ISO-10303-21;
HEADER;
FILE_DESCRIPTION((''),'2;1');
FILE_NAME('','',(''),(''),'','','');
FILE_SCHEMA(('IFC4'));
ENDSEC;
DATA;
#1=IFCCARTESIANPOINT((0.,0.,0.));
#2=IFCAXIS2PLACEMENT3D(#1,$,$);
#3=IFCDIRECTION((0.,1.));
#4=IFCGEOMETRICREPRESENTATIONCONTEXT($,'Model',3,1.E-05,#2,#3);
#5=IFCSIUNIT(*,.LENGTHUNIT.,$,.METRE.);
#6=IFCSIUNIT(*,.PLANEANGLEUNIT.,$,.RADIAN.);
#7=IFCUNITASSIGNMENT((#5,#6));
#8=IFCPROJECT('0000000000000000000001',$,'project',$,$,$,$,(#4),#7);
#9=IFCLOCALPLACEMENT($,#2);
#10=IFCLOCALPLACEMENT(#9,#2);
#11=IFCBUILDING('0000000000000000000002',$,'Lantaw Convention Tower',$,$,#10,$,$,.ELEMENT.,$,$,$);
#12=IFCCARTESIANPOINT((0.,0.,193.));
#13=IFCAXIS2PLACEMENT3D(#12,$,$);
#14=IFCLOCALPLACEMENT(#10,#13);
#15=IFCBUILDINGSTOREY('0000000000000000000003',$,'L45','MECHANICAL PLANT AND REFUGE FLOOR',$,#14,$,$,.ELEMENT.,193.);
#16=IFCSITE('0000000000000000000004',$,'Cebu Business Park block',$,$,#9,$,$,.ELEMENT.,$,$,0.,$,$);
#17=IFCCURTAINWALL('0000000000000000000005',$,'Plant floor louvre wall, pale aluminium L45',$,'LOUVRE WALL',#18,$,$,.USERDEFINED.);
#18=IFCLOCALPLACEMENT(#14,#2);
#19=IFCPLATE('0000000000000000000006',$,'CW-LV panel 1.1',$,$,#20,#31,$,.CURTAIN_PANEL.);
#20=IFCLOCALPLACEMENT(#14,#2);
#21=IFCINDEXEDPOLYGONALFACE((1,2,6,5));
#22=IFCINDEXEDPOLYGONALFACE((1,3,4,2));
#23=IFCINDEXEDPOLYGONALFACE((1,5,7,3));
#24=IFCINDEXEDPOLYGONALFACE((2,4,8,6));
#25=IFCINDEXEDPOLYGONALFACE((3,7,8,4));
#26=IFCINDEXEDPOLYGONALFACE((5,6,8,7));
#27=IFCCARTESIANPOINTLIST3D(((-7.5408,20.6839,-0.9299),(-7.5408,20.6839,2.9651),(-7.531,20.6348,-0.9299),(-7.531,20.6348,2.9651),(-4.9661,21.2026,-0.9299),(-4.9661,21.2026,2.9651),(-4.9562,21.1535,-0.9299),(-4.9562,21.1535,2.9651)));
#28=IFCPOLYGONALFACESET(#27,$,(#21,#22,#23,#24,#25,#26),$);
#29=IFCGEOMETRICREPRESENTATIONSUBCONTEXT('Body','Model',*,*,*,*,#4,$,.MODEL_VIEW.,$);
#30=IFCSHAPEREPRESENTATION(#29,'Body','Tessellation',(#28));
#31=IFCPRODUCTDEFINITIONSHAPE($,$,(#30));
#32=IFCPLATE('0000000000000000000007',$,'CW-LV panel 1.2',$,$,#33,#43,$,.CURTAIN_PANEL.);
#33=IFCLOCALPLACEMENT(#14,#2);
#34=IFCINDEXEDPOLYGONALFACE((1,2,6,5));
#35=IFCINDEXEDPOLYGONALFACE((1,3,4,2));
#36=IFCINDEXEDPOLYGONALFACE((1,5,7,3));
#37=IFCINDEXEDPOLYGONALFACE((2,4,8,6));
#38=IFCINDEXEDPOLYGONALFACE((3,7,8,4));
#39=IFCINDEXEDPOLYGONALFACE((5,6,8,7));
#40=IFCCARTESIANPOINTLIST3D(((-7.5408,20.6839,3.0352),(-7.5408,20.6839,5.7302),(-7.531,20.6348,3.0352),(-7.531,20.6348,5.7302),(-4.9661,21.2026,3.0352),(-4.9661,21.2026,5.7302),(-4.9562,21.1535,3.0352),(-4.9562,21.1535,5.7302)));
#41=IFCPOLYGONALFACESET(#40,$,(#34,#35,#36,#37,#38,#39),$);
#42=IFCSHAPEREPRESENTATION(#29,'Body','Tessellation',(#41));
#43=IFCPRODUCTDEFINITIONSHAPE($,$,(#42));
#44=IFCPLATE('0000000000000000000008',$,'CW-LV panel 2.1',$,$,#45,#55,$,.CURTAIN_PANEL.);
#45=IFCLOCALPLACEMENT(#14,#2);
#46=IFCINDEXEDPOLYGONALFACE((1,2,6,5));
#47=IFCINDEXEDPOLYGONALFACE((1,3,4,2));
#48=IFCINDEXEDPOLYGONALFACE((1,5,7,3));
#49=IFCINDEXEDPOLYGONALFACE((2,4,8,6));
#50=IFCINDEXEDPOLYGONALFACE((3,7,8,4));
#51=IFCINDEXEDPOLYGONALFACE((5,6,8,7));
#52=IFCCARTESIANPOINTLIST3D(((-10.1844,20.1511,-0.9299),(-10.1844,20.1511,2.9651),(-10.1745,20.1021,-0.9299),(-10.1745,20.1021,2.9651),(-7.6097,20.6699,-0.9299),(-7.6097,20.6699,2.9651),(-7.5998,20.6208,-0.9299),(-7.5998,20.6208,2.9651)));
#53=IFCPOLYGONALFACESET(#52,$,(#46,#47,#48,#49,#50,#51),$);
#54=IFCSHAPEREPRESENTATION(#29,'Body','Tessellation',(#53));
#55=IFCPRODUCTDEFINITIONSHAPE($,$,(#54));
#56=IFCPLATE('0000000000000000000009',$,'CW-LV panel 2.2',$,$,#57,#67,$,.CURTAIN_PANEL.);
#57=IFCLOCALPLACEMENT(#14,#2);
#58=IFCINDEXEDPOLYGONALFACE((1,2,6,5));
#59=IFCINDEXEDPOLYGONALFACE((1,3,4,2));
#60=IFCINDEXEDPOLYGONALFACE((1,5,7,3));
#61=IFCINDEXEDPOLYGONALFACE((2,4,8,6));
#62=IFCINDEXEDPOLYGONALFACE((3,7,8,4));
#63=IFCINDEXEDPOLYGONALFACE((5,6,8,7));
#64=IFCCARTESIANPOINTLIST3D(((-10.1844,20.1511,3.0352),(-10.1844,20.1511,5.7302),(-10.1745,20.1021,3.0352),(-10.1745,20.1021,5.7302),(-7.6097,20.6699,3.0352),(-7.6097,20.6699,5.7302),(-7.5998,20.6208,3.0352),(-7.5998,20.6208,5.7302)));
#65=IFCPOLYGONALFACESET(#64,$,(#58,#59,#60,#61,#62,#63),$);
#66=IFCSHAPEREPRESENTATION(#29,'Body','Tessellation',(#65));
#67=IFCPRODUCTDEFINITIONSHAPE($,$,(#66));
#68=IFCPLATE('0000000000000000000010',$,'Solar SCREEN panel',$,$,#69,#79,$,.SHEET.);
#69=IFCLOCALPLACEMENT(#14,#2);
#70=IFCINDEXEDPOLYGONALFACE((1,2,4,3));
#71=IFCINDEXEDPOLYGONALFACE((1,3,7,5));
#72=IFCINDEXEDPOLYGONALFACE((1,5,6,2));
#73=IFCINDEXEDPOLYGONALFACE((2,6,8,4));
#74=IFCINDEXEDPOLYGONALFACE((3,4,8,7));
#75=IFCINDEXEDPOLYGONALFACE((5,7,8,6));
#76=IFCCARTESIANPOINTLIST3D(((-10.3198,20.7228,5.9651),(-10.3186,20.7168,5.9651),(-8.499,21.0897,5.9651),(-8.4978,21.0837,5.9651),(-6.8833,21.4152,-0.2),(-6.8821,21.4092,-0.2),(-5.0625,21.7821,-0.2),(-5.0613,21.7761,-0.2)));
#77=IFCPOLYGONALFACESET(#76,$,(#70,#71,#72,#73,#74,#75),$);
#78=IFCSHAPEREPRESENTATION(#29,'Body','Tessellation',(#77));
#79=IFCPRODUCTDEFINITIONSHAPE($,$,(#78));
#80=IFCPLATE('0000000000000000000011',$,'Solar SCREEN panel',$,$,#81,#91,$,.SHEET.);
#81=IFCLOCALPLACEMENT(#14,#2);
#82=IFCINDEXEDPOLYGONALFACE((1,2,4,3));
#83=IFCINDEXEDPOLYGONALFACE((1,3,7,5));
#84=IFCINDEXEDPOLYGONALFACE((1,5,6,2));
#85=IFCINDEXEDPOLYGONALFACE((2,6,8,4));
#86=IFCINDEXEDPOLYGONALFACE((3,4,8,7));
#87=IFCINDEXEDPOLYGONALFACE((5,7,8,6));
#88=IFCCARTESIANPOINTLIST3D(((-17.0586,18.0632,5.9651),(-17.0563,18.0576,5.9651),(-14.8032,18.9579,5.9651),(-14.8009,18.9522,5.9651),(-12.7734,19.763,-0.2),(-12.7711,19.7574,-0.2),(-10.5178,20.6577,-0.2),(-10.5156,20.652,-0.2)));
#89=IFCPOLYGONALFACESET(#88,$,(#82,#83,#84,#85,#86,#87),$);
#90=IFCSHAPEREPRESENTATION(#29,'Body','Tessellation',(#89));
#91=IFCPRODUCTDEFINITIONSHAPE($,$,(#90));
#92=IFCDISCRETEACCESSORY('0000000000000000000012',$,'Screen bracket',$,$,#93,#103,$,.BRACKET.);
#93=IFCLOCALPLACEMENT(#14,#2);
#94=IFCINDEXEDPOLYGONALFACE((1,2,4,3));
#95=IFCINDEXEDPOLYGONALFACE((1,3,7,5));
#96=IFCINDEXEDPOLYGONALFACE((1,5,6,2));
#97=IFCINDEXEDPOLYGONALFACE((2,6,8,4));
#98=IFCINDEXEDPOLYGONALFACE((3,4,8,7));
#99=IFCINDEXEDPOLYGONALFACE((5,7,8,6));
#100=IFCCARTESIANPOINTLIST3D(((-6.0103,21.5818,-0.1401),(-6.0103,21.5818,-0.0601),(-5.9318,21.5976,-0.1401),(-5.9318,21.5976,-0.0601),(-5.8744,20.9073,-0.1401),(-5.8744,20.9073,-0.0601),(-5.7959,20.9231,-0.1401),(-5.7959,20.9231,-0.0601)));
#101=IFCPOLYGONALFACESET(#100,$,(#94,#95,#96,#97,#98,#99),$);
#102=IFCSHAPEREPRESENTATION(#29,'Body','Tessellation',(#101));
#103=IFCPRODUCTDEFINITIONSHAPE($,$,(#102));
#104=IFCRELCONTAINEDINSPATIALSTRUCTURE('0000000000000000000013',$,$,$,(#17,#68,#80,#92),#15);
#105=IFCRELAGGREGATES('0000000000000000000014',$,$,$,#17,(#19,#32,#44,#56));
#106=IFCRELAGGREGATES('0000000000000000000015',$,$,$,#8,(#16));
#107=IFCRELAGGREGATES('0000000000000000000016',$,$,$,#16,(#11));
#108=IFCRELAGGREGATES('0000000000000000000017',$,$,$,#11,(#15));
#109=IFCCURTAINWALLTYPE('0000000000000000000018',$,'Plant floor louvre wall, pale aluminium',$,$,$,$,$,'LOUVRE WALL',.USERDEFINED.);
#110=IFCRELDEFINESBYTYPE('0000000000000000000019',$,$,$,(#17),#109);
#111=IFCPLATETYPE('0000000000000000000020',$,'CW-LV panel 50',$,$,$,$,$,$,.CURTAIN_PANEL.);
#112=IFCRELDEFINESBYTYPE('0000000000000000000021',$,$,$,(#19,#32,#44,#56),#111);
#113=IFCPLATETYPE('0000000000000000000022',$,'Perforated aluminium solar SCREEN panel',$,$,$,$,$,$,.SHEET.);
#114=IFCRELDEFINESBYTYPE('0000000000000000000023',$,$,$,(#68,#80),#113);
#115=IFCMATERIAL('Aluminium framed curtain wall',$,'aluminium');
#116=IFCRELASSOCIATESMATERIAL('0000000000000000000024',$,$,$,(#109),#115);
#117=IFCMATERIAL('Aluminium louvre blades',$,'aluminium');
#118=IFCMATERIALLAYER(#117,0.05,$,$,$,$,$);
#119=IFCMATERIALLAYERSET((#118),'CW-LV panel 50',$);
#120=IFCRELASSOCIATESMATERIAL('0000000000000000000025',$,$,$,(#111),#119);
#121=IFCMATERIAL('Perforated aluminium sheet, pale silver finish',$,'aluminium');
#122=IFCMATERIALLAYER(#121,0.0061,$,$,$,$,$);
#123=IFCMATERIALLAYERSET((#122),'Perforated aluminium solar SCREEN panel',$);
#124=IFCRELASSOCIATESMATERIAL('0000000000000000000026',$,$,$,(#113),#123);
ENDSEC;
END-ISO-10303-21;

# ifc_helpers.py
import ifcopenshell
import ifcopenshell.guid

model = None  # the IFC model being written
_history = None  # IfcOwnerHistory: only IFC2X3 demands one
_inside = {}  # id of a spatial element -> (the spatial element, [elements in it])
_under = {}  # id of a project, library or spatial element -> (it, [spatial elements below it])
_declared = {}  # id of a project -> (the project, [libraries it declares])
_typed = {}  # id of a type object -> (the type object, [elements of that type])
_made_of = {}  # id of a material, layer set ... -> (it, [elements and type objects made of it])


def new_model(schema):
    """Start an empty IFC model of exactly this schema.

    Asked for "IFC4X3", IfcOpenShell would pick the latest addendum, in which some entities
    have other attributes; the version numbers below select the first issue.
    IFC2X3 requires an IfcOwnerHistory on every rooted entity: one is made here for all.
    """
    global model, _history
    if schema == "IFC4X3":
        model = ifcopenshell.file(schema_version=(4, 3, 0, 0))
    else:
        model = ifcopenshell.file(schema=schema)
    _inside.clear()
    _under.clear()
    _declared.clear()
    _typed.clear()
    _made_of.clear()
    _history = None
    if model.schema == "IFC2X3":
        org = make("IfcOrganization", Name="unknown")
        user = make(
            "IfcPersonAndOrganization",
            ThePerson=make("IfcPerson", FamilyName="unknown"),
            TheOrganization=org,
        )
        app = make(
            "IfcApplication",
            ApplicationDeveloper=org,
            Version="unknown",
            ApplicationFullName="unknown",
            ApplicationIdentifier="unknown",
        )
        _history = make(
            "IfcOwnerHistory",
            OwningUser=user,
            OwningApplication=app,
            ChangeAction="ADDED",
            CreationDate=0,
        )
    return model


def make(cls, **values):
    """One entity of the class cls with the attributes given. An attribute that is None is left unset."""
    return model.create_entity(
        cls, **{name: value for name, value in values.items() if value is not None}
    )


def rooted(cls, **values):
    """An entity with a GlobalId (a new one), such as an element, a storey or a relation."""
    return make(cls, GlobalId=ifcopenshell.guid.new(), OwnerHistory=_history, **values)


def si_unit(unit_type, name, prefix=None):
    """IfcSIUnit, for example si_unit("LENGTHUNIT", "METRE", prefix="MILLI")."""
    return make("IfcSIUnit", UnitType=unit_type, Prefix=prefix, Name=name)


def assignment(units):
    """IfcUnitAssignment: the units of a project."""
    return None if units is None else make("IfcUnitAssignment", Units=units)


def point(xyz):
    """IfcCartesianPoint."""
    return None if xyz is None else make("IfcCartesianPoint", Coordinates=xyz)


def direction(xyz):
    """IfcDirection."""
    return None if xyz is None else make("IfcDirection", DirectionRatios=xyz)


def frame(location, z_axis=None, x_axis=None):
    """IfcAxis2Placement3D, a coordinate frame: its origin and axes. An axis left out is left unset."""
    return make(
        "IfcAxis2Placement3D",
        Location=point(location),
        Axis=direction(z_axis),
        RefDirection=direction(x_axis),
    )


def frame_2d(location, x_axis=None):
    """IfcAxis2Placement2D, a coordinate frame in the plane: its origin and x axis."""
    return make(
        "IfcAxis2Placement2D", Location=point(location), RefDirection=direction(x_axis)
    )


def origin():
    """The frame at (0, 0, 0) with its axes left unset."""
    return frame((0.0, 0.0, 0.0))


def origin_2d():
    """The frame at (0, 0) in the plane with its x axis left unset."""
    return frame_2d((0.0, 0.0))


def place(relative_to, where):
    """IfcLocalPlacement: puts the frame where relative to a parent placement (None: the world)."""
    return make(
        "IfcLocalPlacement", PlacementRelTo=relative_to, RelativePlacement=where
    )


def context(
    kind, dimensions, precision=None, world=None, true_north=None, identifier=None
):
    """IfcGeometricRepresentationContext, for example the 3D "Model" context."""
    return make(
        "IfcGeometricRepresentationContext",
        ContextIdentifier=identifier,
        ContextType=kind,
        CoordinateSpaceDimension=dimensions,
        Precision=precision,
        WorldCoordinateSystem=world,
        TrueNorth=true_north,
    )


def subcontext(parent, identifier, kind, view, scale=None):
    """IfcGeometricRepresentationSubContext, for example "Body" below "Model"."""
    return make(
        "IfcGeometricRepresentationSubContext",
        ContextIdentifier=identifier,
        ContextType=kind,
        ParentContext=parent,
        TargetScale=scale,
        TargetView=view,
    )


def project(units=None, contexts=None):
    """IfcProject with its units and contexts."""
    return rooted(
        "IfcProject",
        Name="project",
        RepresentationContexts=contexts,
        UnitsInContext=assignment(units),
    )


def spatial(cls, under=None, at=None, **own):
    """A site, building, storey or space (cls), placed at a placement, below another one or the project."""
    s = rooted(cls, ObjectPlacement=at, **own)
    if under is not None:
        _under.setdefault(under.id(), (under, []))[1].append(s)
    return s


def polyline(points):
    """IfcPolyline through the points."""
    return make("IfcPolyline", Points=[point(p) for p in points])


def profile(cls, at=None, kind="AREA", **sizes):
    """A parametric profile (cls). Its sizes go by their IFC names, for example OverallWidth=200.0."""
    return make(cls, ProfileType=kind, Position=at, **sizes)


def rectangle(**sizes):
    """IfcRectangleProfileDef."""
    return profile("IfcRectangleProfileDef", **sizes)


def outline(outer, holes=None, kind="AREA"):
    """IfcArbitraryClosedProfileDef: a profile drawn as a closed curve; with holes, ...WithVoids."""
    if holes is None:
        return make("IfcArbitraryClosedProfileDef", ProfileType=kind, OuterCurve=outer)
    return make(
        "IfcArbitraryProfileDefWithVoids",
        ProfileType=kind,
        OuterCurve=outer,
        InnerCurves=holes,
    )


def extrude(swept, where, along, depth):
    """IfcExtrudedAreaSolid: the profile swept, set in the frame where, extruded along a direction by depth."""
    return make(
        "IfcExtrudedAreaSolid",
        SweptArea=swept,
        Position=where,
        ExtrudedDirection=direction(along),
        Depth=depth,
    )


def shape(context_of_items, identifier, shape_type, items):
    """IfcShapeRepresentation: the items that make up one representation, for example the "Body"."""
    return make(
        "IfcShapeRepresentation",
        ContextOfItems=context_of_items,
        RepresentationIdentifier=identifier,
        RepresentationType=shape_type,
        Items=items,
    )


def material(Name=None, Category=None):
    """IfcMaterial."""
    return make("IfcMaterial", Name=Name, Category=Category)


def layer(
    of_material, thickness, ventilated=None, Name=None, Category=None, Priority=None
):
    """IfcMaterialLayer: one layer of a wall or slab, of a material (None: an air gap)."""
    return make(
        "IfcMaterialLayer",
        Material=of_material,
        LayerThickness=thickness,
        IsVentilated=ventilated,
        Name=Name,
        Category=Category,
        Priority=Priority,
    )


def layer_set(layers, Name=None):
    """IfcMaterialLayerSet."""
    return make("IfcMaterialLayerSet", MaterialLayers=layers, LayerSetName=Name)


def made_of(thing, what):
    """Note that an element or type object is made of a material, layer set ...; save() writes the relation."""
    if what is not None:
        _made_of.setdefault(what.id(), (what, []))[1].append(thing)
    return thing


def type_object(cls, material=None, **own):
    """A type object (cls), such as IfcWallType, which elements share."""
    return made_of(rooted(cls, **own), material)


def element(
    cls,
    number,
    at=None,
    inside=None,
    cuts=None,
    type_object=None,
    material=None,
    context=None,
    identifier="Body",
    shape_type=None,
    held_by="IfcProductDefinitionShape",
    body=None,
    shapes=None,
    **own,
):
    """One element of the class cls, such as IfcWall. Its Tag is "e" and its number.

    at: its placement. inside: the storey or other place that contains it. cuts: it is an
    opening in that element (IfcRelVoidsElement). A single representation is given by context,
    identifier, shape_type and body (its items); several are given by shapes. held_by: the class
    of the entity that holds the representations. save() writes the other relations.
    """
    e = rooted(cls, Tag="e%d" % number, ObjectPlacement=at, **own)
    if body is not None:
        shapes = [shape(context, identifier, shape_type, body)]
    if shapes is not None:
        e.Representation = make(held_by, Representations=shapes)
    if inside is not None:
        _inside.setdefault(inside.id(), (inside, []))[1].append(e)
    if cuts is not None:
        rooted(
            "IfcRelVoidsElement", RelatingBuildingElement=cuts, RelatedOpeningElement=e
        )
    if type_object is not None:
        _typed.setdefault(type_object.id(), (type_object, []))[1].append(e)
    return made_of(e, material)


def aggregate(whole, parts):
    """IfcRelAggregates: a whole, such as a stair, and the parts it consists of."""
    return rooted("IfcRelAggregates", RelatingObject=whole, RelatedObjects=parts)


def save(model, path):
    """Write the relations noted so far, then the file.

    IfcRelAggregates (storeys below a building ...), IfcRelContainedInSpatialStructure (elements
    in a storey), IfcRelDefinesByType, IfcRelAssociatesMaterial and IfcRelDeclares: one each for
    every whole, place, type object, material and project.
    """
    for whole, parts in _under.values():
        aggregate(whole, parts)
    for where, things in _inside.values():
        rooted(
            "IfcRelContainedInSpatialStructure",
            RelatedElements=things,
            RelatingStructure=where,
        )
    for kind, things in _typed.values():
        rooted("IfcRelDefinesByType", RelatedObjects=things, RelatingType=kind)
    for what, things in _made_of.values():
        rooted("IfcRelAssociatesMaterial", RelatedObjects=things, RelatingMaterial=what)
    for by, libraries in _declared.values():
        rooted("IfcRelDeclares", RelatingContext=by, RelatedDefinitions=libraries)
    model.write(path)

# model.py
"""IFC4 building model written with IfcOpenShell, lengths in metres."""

from ifc_helpers import new_model, si_unit, direction, frame, origin, origin_2d, place, context, subcontext, project, spatial, polyline, rectangle, outline, extrude, material, layer, layer_set, type_object, element, aggregate, save


model = new_model("IFC4")

# Units and contexts
model_context = context("Model", 3, precision=1e-05, world=origin(), true_north=direction((0.0, 1.0)))
body_context = subcontext(model_context, "Body", "Model", "MODEL_VIEW")
ifc_project = project(units=[si_unit("LENGTHUNIT", "METRE"), si_unit("PLANEANGLEUNIT", "RADIAN")], contexts=[model_context])

# Site, building, storey
site_placement = place(None, origin())
site = spatial("IfcSite", under=ifc_project, at=site_placement, Name="Cebu Business Park block", CompositionType="ELEMENT", RefElevation=0.0)
building_placement = place(site_placement, origin())
building = spatial("IfcBuilding", under=site, at=building_placement, Name="Lantaw Convention Tower", CompositionType="ELEMENT")
storey_placement = place(building_placement, frame((0.0, 0.0, 193.0)))
storey = spatial("IfcBuildingStorey", under=building, at=storey_placement, Name="L45", Description="MECHANICAL PLANT AND REFUGE FLOOR", CompositionType="ELEMENT", Elevation=193.0)

# Shared definitions
ifc_material_1 = material(Name="Aluminium framed curtain wall", Category="aluminium")
curtain_wall_type = type_object("IfcCurtainWallType", Name="Plant floor louvre wall, pale aluminium", ElementType="LOUVRE WALL", PredefinedType="USERDEFINED", material=ifc_material_1)

# Curtain wall
curtain_wall_1_placement = place(storey_placement, origin())
curtain_wall_1 = element("IfcCurtainWall", 1, at=curtain_wall_1_placement, inside=storey, type_object=curtain_wall_type, Name="Plant floor louvre wall, pale aluminium L45", ObjectType="LOUVRE WALL", PredefinedType="USERDEFINED")

# Plates
ifc_material_2 = material(Name="Aluminium louvre blades", Category="aluminium")
ifc_layer_1 = layer(ifc_material_2, 0.05)
ifc_layer_set_1 = layer_set([ifc_layer_1], Name="CW-LV panel 50")
plate_type_1 = type_object("IfcPlateType", Name="CW-LV panel 50", PredefinedType="CURTAIN_PANEL", material=ifc_layer_set_1)
plate_1_placement = place(storey_placement, frame((-6.2485, 20.9187, -0.9299), z_axis=(0.0, 0.0, 1.0), x_axis=(-0.980302, -0.197507, 0.0)))
plate_1 = element("IfcPlate", 2, at=plate_1_placement, type_object=plate_type_1, Name="CW-LV panel 1.1", PredefinedType="CURTAIN_PANEL", context=body_context, shape_type="SweptSolid", body=[
    extrude(rectangle(XDim=2.6265, YDim=0.05, at=origin_2d()), origin(), (0.0, 0.0, 1.0), 3.895),
])
plate_2_placement = place(storey_placement, frame((-6.2485, 20.9187, 3.0352), z_axis=(0.0, 0.0, 1.0), x_axis=(-0.980302, -0.197507, 0.0)))
plate_2 = element("IfcPlate", 3, at=plate_2_placement, type_object=plate_type_1, Name="CW-LV panel 1.2", PredefinedType="CURTAIN_PANEL", context=body_context, shape_type="SweptSolid", body=[
    extrude(rectangle(XDim=2.6265, YDim=0.05, at=origin_2d()), origin(), (0.0, 0.0, 1.0), 2.6951),
])
plate_3_placement = place(storey_placement, frame((-8.8921, 20.386, -0.9299), z_axis=(0.0, 0.0, 1.0), x_axis=(-0.980302, -0.197507, 0.0)))
plate_3 = element("IfcPlate", 4, at=plate_3_placement, type_object=plate_type_1, Name="CW-LV panel 2.1", PredefinedType="CURTAIN_PANEL", context=body_context, shape_type="SweptSolid", body=[
    extrude(rectangle(XDim=2.6265, YDim=0.05, at=origin_2d()), origin(), (0.0, 0.0, 1.0), 3.895),
])
plate_4_placement = place(storey_placement, frame((-8.8921, 20.386, 3.0352), z_axis=(0.0, 0.0, 1.0), x_axis=(-0.980302, -0.197507, 0.0)))
plate_4 = element("IfcPlate", 5, at=plate_4_placement, type_object=plate_type_1, Name="CW-LV panel 2.2", PredefinedType="CURTAIN_PANEL", context=body_context, shape_type="SweptSolid", body=[
    extrude(rectangle(XDim=2.6265, YDim=0.05, at=origin_2d()), origin(), (0.0, 0.0, 1.0), 2.6951),
])
aggregate(curtain_wall_1, [plate_1, plate_2, plate_3, plate_4])

# Plates
ifc_material_3 = material(Name="Perforated aluminium sheet, pale silver finish", Category="aluminium")
ifc_layer_2 = layer(ifc_material_3, 0.0061)
ifc_layer_set_2 = layer_set([ifc_layer_2], Name="Perforated aluminium solar SCREEN panel")
plate_type_2 = type_object("IfcPlateType", Name="Perforated aluminium solar SCREEN panel", PredefinedType="SHEET", material=ifc_layer_set_2)
plate_5_placement = place(storey_placement, frame((-5.0613, 21.7761, -0.2), z_axis=(0.197557, -0.980291, 0.000028), x_axis=(-0.980291, -0.197557, 0.0)))
element("IfcPlate", 6, at=plate_5_placement, inside=storey, type_object=plate_type_2, Name="Solar SCREEN panel", PredefinedType="SHEET", context=body_context, shape_type="SweptSolid", body=[
    extrude(outline(polyline([(0.0, 0.0), (1.8574, 0.0), (5.363, -6.165), (3.5056, -6.165), (0.0, 0.0)])), origin(), (0.0, 0.0, -1.0), 0.0061),
])
plate_6_placement = place(storey_placement, frame((-10.5178, 20.6577, -0.2), z_axis=(-0.368709, 0.929545, 0.000008), x_axis=(-0.929545, -0.368709, 0.0)))
element("IfcPlate", 7, at=plate_6_placement, inside=storey, type_object=plate_type_2, Name="Solar SCREEN panel", PredefinedType="SHEET", context=body_context, shape_type="SweptSolid", body=[
    extrude(outline(polyline([(0.0, 0.0), (2.4265, 0.0), (7.0365, 6.165), (4.6102, 6.165), (0.0, 0.0)])), origin(), (0.0, 0.0, -1.0), 0.0061),
])

# Discrete accessory
discrete_accessory_placement = place(storey_placement, frame((-5.9031, 21.2524, -0.1401), z_axis=(0.0, 0.0, 1.0), x_axis=(-0.980302, -0.197507, 0.0)))
element("IfcDiscreteAccessory", 8, at=discrete_accessory_placement, inside=storey, Name="Screen bracket", PredefinedType="BRACKET", context=body_context, shape_type="SweptSolid", body=[
    extrude(rectangle(XDim=0.0801, YDim=0.688, at=origin_2d()), origin(), (0.0, 0.0, 1.0), 0.0801),
])

save(model, "model.ifc")
